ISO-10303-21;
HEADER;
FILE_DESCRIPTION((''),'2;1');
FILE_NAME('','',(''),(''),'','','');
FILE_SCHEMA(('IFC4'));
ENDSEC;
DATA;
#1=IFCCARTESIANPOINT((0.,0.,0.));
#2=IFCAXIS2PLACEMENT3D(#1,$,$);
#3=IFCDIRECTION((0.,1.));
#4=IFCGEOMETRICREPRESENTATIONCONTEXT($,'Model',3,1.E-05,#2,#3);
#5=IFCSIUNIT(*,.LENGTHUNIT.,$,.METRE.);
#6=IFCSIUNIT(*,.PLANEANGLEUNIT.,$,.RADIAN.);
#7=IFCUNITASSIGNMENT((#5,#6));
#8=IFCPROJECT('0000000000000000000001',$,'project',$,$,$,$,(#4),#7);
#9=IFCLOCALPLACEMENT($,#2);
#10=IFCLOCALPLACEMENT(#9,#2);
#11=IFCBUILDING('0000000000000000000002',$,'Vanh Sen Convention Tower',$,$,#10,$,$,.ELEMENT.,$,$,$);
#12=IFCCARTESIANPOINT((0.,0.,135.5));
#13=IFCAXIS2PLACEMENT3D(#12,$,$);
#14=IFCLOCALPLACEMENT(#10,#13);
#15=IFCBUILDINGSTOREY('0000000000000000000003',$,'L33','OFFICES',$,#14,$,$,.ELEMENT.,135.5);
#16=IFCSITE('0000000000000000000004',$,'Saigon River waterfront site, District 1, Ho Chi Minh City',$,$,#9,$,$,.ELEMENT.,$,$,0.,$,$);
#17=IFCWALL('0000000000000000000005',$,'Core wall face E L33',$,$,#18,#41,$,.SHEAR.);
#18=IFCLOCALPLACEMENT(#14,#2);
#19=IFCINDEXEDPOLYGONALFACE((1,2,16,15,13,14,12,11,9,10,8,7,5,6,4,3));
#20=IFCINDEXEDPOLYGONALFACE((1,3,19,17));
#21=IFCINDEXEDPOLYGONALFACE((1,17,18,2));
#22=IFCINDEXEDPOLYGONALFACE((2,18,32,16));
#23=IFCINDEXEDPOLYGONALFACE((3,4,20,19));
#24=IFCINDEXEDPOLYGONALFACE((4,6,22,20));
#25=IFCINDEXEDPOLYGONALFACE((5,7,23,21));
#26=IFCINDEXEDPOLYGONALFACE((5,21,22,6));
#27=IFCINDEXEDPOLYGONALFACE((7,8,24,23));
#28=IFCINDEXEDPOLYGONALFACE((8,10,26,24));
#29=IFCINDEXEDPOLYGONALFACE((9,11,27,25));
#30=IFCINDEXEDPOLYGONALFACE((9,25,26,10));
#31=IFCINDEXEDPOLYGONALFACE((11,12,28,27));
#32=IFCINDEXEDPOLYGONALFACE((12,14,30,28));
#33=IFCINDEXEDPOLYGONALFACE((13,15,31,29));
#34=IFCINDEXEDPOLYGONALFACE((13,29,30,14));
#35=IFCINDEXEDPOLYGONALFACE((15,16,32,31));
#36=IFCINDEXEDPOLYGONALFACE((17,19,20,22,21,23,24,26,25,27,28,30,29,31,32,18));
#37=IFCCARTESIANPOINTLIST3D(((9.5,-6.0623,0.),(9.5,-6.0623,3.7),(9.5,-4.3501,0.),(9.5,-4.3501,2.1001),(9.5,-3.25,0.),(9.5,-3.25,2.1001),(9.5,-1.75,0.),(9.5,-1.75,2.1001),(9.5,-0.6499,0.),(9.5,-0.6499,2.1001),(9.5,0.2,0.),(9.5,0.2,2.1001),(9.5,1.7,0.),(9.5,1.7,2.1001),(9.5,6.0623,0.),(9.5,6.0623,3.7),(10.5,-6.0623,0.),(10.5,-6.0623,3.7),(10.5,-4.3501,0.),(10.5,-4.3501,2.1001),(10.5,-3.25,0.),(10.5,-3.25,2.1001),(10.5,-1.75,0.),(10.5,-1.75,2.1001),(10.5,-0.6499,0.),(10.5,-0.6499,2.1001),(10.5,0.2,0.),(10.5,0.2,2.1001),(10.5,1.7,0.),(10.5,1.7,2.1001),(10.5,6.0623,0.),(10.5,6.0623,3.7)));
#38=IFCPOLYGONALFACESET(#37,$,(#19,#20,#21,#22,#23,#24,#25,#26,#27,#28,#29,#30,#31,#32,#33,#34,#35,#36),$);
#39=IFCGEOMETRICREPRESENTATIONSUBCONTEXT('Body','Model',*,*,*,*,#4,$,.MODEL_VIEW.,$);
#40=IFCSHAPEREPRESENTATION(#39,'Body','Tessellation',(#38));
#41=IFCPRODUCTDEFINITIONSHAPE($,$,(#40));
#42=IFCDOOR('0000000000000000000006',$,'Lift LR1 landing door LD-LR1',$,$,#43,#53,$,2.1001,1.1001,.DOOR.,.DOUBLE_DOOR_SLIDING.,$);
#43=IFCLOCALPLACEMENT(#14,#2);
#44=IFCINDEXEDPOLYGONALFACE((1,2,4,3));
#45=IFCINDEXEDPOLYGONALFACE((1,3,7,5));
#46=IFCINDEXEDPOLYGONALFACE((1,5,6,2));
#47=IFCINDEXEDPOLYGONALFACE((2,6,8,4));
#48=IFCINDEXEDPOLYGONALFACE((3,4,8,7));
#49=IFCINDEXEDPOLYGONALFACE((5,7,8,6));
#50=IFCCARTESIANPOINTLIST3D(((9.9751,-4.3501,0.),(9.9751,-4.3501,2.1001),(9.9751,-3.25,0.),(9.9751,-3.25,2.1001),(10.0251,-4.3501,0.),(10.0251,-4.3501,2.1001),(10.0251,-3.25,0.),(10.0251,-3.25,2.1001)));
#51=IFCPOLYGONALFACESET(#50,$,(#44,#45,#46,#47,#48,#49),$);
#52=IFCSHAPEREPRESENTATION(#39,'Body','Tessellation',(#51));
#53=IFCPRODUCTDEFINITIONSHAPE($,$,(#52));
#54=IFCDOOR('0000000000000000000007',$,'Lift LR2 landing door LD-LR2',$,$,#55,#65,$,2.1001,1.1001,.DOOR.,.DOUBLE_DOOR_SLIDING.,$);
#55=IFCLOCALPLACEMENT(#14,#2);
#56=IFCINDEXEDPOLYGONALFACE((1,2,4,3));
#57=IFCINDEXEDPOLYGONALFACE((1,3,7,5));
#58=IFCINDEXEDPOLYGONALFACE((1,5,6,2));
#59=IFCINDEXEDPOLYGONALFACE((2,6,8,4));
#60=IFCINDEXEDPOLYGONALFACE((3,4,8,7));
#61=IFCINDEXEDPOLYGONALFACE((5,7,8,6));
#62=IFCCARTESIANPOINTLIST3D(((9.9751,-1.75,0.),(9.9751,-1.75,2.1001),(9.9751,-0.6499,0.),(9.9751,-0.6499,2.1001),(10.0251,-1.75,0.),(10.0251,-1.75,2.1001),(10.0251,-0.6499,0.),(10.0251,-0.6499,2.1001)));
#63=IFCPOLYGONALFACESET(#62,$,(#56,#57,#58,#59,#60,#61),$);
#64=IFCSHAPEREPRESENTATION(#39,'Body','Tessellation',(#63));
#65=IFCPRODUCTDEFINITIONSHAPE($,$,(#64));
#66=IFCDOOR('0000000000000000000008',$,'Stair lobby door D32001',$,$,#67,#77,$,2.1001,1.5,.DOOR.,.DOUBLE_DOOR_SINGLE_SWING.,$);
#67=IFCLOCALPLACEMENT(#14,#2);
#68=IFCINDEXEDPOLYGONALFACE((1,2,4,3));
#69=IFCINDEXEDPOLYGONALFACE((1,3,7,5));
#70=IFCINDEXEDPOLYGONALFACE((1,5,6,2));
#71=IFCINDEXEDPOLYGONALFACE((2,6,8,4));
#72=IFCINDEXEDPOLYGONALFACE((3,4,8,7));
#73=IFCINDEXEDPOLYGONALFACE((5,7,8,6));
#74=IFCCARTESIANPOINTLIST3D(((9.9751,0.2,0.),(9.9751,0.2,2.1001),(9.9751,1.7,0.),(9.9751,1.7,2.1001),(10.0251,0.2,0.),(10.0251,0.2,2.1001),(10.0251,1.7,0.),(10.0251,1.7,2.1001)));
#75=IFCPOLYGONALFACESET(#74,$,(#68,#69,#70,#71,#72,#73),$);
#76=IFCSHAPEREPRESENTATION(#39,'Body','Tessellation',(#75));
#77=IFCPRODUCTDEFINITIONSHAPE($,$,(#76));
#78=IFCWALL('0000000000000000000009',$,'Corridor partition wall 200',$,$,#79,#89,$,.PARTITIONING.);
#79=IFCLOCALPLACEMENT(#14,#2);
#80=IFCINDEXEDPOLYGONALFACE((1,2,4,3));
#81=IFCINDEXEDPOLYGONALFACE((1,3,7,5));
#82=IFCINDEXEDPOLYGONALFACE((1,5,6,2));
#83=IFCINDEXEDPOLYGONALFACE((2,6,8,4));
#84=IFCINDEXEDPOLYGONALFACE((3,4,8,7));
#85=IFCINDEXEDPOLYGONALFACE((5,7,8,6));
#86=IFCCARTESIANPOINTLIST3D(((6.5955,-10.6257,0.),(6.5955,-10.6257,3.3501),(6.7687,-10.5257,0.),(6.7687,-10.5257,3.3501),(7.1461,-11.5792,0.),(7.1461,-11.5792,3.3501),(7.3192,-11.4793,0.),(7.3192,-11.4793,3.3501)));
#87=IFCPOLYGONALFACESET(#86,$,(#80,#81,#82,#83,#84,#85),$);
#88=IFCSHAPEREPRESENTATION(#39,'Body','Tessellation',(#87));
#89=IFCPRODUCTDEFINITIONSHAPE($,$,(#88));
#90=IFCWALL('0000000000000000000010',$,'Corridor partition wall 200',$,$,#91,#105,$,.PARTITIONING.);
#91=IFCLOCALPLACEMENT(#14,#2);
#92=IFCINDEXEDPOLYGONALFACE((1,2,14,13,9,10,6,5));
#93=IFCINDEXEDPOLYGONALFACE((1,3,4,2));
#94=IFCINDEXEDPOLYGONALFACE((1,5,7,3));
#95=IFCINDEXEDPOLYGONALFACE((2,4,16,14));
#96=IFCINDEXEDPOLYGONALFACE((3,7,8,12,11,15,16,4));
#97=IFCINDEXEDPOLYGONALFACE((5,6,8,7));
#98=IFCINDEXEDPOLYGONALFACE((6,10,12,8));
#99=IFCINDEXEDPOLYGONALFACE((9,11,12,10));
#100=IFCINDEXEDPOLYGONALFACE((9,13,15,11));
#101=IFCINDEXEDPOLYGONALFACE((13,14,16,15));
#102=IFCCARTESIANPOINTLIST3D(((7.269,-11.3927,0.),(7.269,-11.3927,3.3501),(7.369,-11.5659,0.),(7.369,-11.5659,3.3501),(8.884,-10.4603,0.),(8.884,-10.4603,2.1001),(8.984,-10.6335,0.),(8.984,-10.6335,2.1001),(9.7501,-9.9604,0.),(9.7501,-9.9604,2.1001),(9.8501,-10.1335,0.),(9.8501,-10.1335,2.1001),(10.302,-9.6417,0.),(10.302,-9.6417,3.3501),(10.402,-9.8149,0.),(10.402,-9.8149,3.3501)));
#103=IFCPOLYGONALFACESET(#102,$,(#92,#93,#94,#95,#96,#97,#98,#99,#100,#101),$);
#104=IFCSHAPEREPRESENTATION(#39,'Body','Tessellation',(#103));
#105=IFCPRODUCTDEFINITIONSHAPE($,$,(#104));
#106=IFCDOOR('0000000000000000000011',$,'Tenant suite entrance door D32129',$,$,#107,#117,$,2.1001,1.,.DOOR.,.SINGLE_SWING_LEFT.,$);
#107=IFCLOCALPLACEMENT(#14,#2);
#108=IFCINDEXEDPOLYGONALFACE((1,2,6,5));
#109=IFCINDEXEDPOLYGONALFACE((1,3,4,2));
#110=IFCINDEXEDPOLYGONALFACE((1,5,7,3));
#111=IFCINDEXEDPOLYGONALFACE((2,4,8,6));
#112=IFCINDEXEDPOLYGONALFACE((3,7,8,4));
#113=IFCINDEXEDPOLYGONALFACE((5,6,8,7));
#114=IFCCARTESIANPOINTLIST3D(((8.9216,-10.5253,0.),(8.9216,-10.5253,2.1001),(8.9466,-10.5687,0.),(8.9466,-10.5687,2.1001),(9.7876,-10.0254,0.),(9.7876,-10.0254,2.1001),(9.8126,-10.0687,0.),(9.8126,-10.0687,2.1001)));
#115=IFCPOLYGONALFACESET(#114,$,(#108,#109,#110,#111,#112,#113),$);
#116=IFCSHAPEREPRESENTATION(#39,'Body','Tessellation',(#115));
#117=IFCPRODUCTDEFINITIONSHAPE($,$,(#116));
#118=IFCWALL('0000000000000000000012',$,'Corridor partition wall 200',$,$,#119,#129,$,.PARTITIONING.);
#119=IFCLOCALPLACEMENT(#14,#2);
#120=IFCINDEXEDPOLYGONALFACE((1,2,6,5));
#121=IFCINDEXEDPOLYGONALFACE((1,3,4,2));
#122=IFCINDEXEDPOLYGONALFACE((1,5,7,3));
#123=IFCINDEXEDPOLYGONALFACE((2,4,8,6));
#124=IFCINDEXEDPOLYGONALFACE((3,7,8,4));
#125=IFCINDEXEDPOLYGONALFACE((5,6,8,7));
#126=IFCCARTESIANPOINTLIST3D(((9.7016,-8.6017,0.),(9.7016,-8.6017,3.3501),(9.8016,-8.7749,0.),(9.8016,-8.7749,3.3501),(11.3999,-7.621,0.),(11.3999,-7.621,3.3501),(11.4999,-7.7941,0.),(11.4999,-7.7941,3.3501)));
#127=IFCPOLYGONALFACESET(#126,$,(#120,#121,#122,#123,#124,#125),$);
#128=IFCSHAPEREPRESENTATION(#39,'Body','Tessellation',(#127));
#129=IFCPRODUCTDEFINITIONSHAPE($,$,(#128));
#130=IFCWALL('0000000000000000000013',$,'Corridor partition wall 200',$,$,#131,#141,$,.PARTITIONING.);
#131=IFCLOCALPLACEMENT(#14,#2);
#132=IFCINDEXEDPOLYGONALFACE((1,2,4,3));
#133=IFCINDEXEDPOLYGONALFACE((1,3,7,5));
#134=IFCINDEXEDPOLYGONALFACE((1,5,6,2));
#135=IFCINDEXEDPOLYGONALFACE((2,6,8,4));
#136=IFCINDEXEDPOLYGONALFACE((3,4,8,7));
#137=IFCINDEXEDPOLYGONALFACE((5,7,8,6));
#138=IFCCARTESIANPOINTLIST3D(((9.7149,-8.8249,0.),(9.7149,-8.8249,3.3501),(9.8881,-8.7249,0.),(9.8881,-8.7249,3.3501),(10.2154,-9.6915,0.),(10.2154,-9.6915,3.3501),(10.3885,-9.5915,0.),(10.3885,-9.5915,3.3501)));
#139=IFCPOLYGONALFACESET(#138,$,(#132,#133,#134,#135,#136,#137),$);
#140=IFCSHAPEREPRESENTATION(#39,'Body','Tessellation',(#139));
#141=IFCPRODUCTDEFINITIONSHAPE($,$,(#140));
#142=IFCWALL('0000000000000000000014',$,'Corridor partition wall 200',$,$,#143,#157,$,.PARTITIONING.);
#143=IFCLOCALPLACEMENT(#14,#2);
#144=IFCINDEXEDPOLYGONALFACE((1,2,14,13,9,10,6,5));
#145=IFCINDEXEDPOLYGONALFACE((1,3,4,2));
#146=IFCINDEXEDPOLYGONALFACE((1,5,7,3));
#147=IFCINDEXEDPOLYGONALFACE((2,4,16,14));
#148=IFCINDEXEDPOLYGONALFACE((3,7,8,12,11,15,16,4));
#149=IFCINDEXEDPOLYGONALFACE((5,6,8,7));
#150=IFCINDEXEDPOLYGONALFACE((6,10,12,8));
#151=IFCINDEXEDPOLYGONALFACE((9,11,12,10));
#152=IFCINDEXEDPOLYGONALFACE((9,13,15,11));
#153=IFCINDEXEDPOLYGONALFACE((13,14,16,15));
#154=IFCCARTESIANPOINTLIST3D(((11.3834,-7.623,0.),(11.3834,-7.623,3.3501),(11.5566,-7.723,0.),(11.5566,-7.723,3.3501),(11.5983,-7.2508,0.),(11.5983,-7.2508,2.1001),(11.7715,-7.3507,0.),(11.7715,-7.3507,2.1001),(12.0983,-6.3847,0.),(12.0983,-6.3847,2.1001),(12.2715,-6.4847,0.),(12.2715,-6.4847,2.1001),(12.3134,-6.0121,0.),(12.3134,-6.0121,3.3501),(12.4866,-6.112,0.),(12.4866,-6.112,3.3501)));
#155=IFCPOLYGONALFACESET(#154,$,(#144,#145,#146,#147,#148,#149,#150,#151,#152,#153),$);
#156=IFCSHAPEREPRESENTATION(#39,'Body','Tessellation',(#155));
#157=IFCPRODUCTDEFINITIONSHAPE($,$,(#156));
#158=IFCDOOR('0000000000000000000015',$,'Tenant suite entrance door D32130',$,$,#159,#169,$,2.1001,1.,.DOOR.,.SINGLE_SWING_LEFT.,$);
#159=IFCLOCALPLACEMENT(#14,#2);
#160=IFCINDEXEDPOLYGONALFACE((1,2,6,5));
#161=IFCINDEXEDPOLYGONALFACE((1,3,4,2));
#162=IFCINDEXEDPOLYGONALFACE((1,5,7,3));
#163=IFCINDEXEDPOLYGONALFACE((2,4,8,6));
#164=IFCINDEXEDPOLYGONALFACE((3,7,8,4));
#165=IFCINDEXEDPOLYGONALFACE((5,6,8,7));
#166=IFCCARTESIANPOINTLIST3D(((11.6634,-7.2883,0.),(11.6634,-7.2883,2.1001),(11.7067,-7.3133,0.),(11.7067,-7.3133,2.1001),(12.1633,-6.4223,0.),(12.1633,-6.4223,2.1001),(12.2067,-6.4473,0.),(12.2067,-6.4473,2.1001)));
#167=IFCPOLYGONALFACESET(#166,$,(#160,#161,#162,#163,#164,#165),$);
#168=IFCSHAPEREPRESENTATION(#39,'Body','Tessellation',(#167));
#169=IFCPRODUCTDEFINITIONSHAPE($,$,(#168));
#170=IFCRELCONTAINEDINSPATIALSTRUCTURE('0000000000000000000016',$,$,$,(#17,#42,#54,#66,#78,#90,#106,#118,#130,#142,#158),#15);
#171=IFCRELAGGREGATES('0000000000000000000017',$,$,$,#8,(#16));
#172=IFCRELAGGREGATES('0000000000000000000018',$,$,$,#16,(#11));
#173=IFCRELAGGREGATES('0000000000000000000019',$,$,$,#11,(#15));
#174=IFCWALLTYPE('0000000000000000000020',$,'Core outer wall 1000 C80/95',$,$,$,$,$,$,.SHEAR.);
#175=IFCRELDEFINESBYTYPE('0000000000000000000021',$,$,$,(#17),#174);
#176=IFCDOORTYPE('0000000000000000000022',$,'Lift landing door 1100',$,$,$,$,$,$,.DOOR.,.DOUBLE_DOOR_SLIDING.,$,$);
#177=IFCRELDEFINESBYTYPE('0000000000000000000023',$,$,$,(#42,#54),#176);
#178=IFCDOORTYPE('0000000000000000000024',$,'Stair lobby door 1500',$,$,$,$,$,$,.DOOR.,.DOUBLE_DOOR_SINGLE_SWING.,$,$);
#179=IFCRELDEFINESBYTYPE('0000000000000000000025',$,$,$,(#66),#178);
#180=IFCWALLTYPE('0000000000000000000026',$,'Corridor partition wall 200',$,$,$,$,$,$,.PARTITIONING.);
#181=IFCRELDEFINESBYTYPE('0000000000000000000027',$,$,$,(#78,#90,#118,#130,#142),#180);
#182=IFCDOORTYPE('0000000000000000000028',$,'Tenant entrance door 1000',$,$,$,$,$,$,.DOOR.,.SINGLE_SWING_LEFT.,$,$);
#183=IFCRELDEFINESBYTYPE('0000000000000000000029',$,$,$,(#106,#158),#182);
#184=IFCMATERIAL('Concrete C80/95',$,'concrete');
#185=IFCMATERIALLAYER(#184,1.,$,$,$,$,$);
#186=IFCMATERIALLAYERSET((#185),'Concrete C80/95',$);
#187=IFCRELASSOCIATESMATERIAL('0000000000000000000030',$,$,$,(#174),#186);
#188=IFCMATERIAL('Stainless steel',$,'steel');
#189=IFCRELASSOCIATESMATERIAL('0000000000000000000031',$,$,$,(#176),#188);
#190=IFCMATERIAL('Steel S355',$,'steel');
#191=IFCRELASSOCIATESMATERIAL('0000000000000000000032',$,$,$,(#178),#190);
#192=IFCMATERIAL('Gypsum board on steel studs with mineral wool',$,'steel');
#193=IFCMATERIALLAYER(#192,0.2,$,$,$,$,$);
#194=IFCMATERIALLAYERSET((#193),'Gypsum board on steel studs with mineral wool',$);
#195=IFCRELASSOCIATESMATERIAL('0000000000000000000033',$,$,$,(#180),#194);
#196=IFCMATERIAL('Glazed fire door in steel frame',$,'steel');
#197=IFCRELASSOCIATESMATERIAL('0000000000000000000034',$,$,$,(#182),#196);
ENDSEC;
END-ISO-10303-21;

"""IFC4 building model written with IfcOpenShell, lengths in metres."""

from ifc_helpers import new_model, si_unit, direction, frame, frame_2d, origin, place, context, subcontext, project, spatial, rectangle, extrude, material, layer, layer_set, type_object, element, fill, save


model = new_model("IFC4")

# Units and contexts
model_context = context("Model", 3, precision=1e-05, world=origin(), true_north=direction((0.0, 1.0)))
body_context = subcontext(model_context, "Body", "Model", "MODEL_VIEW")
ifc_project = project(units=[si_unit("LENGTHUNIT", "METRE"), si_unit("PLANEANGLEUNIT", "RADIAN")], contexts=[model_context])

# Site, building, storey
site_placement = place(None, origin())
site = spatial("IfcSite", under=ifc_project, at=site_placement, Name="Saigon River waterfront site, District 1, Ho Chi Minh City", CompositionType="ELEMENT", RefElevation=0.0)
building_placement = place(site_placement, origin())
building = spatial("IfcBuilding", under=site, at=building_placement, Name="Vanh Sen Convention Tower", CompositionType="ELEMENT")
storey_placement = place(building_placement, frame((0.0, 0.0, 135.5)))
storey = spatial("IfcBuildingStorey", under=building, at=storey_placement, Name="L33", Description="OFFICES", CompositionType="ELEMENT", Elevation=135.5)

# Wall, openings, doors
ifc_material_1 = material(Name="Concrete C80/95", Category="concrete")
ifc_layer_1 = layer(ifc_material_1, 1.0)
ifc_layer_set_1 = layer_set([ifc_layer_1], Name="Concrete C80/95")
wall_type_1 = type_object("IfcWallType", Name="Core outer wall 1000 C80/95", PredefinedType="SHEAR", material=ifc_layer_set_1)
wall_1_placement = place(storey_placement, frame((10.0, -6.0623, 0.0), z_axis=(0.0, 0.0, 1.0), x_axis=(0.0, 1.0, 0.0)))
wall_1 = element("IfcWall", 1, at=wall_1_placement, inside=storey, type_object=wall_type_1, Name="Core wall face E L33", PredefinedType="SHEAR", context=body_context, shape_type="SweptSolid", body=[
    extrude(rectangle(XDim=12.1245, YDim=1.0, at=frame_2d((6.0623, 0.0))), origin(), (0.0, 0.0, 1.0), 3.7),
])
opening_1_placement = place(wall_1_placement, frame((6.2622, 0.0, 0.0)))
opening_1 = element("IfcOpeningElement", 2, at=opening_1_placement, cuts=wall_1, PredefinedType="OPENING", context=body_context, shape_type="SweptSolid", body=[
    extrude(rectangle(XDim=1.5, YDim=2.1001, at=frame_2d((0.75, 1.05))), frame((0.0, 0.51, 0.0), z_axis=(0.0, -1.0, 0.0), x_axis=(1.0, 0.0, 0.0)), (0.0, 0.0, 1.0), 1.02),
])
opening_2_placement = place(wall_1_placement, frame((1.7122, 0.0, 0.0)))
opening_2 = element("IfcOpeningElement", 3, at=opening_2_placement, cuts=wall_1, PredefinedType="OPENING", context=body_context, shape_type="SweptSolid", body=[
    extrude(rectangle(XDim=1.1001, YDim=2.1001, at=frame_2d((0.55, 1.05))), frame((0.0, 0.51, 0.0), z_axis=(0.0, -1.0, 0.0), x_axis=(1.0, 0.0, 0.0)), (0.0, 0.0, 1.0), 1.02),
])
opening_3_placement = place(wall_1_placement, frame((4.3123, 0.0, 0.0)))
opening_3 = element("IfcOpeningElement", 4, at=opening_3_placement, cuts=wall_1, PredefinedType="OPENING", context=body_context, shape_type="SweptSolid", body=[
    extrude(rectangle(XDim=1.1001, YDim=2.1001, at=frame_2d((0.55, 1.05))), frame((0.0, 0.51, 0.0), z_axis=(0.0, -1.0, 0.0), x_axis=(1.0, 0.0, 0.0)), (0.0, 0.0, 1.0), 1.02),
])
ifc_material_2 = material(Name="Stainless steel", Category="steel")
door_type_1 = type_object("IfcDoorType", Name="Lift landing door 1100", OperationType="DOUBLE_DOOR_SLIDING", PredefinedType="DOOR", material=ifc_material_2)
door_1_placement = place(opening_2_placement, origin())
door_1 = element("IfcDoor", 5, at=door_1_placement, inside=storey, type_object=door_type_1, Name="Lift LR1 landing door LD-LR1", OperationType="DOUBLE_DOOR_SLIDING", OverallHeight=2.1001, OverallWidth=1.1001, PredefinedType="DOOR", context=body_context, shape_type="SweptSolid", body=[
    extrude(rectangle(XDim=1.1001, YDim=2.1001, at=frame_2d((0.55, 1.05))), frame((0.0, 0.0249, 0.0), z_axis=(0.0, -1.0, 0.0), x_axis=(1.0, 0.0, 0.0)), (0.0, 0.0, 1.0), 0.05),
])
fill(opening_2, door_1)
door_2_placement = place(opening_3_placement, origin())
door_2 = element("IfcDoor", 6, at=door_2_placement, inside=storey, type_object=door_type_1, Name="Lift LR2 landing door LD-LR2", OperationType="DOUBLE_DOOR_SLIDING", OverallHeight=2.1001, OverallWidth=1.1001, PredefinedType="DOOR", context=body_context, shape_type="SweptSolid", body=[
    extrude(rectangle(XDim=1.1001, YDim=2.1001, at=frame_2d((0.55, 1.05))), frame((0.0, 0.0249, 0.0), z_axis=(0.0, -1.0, 0.0), x_axis=(1.0, 0.0, 0.0)), (0.0, 0.0, 1.0), 0.05),
])
fill(opening_3, door_2)
ifc_material_3 = material(Name="Steel S355", Category="steel")
door_type_2 = type_object("IfcDoorType", Name="Stair lobby door 1500", OperationType="DOUBLE_DOOR_SINGLE_SWING", PredefinedType="DOOR", material=ifc_material_3)
door_3_placement = place(opening_1_placement, origin())
door_3 = element("IfcDoor", 7, at=door_3_placement, inside=storey, type_object=door_type_2, Name="Stair lobby door D32001", OperationType="DOUBLE_DOOR_SINGLE_SWING", OverallHeight=2.1001, OverallWidth=1.5, PredefinedType="DOOR", context=body_context, shape_type="SweptSolid", body=[
    extrude(rectangle(XDim=1.5, YDim=2.1001, at=frame_2d((0.75, 1.05))), frame((0.0, 0.0249, 0.0), z_axis=(0.0, -1.0, 0.0), x_axis=(1.0, 0.0, 0.0)), (0.0, 0.0, 1.0), 0.05),
])
fill(opening_1, door_3)

# Wall
ifc_material_4 = material(Name="Gypsum board on steel studs with mineral wool", Category="steel")
ifc_layer_2 = layer(ifc_material_4, 0.2)
ifc_layer_set_2 = layer_set([ifc_layer_2], Name="Gypsum board on steel studs with mineral wool")
wall_type_2 = type_object("IfcWallType", Name="Corridor partition wall 200", PredefinedType="PARTITIONING", material=ifc_layer_set_2)
wall_2_placement = place(storey_placement, frame((6.6821, -10.5757, 0.0), z_axis=(0.0, 0.0, 1.0), x_axis=(0.499978, -0.866038, 0.0)))
element("IfcWall", 8, at=wall_2_placement, inside=storey, type_object=wall_type_2, Name="Corridor partition wall 200", PredefinedType="PARTITIONING", context=body_context, shape_type="SweptSolid", body=[
    extrude(rectangle(XDim=1.1011, YDim=0.2, at=frame_2d((0.5505, 0.0))), origin(), (0.0, 0.0, 1.0), 3.3501),
])

# Wall, opening, door
wall_3_placement = place(storey_placement, frame((7.3191, -11.4792, 0.0), z_axis=(0.0, 0.0, 1.0), x_axis=(0.866038, 0.499978, 0.0)))
wall_3 = element("IfcWall", 9, at=wall_3_placement, inside=storey, type_object=wall_type_2, Name="Corridor partition wall 200", PredefinedType="PARTITIONING", context=body_context, shape_type="SweptSolid", body=[
    extrude(rectangle(XDim=3.5022, YDim=0.2, at=frame_2d((1.751, 0.0))), origin(), (0.0, 0.0, 1.0), 3.3501),
])
opening_4_placement = place(wall_3_placement, frame((1.8647, 0.0, 0.0)))
opening_4 = element("IfcOpeningElement", 10, at=opening_4_placement, cuts=wall_3, PredefinedType="OPENING", context=body_context, shape_type="SweptSolid", body=[
    extrude(rectangle(XDim=1.0, YDim=2.1001, at=frame_2d((0.5, 1.05))), frame((0.0, 0.1099, 0.0), z_axis=(0.0, -1.0, 0.0), x_axis=(1.0, 0.0, 0.0)), (0.0, 0.0, 1.0), 0.22),
])
ifc_material_5 = material(Name="Glazed fire door in steel frame", Category="steel")
door_type_3 = type_object("IfcDoorType", Name="Tenant entrance door 1000", OperationType="SINGLE_SWING_LEFT", PredefinedType="DOOR", material=ifc_material_5)
door_4_placement = place(opening_4_placement, origin())
door_4 = element("IfcDoor", 11, at=door_4_placement, inside=storey, type_object=door_type_3, Name="Tenant suite entrance door D32129", OperationType="SINGLE_SWING_LEFT", OverallHeight=2.1001, OverallWidth=1.0, PredefinedType="DOOR", context=body_context, shape_type="SweptSolid", body=[
    extrude(rectangle(XDim=1.0, YDim=2.1001, at=frame_2d((0.5, 1.05))), frame((0.0, 0.0249, 0.0), z_axis=(0.0, -1.0, 0.0), x_axis=(1.0, 0.0, 0.0)), (0.0, 0.0, 1.0), 0.05),
])
fill(opening_4, door_4)

# Walls
wall_4_placement = place(storey_placement, frame((9.7517, -8.6882, 0.0), z_axis=(0.0, 0.0, 1.0), x_axis=(0.865974, 0.500089, 0.0)))
element("IfcWall", 12, at=wall_4_placement, inside=storey, type_object=wall_type_2, Name="Corridor partition wall 200", PredefinedType="PARTITIONING", context=body_context, shape_type="SweptSolid", body=[
    extrude(rectangle(XDim=1.9612, YDim=0.2, at=frame_2d((0.9805, 0.0))), origin(), (0.0, 0.0, 1.0), 3.3501),
])
wall_5_placement = place(storey_placement, frame((10.302, -9.6416, 0.0), z_axis=(0.0, 0.0, 1.0), x_axis=(-0.500074, 0.865982, 0.0)))
element("IfcWall", 13, at=wall_5_placement, inside=storey, type_object=wall_type_2, Name="Corridor partition wall 200", PredefinedType="PARTITIONING", context=body_context, shape_type="SweptSolid", body=[
    extrude(rectangle(XDim=1.0007, YDim=0.2, at=frame_2d((0.5005, 0.0))), origin(), (0.0, 0.0, 1.0), 3.3501),
])

# Wall, opening, door
wall_6_placement = place(storey_placement, frame((11.47, -7.6731, 0.0), z_axis=(0.0, 0.0, 1.0), x_axis=(0.499965, 0.866046, 0.0)))
wall_6 = element("IfcWall", 14, at=wall_6_placement, inside=storey, type_object=wall_type_2, Name="Corridor partition wall 200", PredefinedType="PARTITIONING", context=body_context, shape_type="SweptSolid", body=[
    extrude(rectangle(XDim=1.8601, YDim=0.2, at=frame_2d((0.9302, 0.0))), origin(), (0.0, 0.0, 1.0), 3.3501),
])
opening_5_placement = place(wall_6_placement, frame((0.4299, 0.0, 0.0)))
opening_5 = element("IfcOpeningElement", 15, at=opening_5_placement, cuts=wall_6, PredefinedType="OPENING", context=body_context, shape_type="SweptSolid", body=[
    extrude(rectangle(XDim=1.0, YDim=2.1001, at=frame_2d((0.5, 1.05))), frame((0.0, 0.1099, 0.0), z_axis=(0.0, -1.0, 0.0), x_axis=(1.0, 0.0, 0.0)), (0.0, 0.0, 1.0), 0.22),
])
door_5_placement = place(opening_5_placement, origin())
door_5 = element("IfcDoor", 16, at=door_5_placement, inside=storey, type_object=door_type_3, Name="Tenant suite entrance door D32130", OperationType="SINGLE_SWING_LEFT", OverallHeight=2.1001, OverallWidth=1.0, PredefinedType="DOOR", context=body_context, shape_type="SweptSolid", body=[
    extrude(rectangle(XDim=1.0, YDim=2.1001, at=frame_2d((0.5, 1.05))), frame((0.0, 0.0249, 0.0), z_axis=(0.0, -1.0, 0.0), x_axis=(1.0, 0.0, 0.0)), (0.0, 0.0, 1.0), 0.05),
])
fill(opening_5, door_5)

save(model, "model.ifc")
